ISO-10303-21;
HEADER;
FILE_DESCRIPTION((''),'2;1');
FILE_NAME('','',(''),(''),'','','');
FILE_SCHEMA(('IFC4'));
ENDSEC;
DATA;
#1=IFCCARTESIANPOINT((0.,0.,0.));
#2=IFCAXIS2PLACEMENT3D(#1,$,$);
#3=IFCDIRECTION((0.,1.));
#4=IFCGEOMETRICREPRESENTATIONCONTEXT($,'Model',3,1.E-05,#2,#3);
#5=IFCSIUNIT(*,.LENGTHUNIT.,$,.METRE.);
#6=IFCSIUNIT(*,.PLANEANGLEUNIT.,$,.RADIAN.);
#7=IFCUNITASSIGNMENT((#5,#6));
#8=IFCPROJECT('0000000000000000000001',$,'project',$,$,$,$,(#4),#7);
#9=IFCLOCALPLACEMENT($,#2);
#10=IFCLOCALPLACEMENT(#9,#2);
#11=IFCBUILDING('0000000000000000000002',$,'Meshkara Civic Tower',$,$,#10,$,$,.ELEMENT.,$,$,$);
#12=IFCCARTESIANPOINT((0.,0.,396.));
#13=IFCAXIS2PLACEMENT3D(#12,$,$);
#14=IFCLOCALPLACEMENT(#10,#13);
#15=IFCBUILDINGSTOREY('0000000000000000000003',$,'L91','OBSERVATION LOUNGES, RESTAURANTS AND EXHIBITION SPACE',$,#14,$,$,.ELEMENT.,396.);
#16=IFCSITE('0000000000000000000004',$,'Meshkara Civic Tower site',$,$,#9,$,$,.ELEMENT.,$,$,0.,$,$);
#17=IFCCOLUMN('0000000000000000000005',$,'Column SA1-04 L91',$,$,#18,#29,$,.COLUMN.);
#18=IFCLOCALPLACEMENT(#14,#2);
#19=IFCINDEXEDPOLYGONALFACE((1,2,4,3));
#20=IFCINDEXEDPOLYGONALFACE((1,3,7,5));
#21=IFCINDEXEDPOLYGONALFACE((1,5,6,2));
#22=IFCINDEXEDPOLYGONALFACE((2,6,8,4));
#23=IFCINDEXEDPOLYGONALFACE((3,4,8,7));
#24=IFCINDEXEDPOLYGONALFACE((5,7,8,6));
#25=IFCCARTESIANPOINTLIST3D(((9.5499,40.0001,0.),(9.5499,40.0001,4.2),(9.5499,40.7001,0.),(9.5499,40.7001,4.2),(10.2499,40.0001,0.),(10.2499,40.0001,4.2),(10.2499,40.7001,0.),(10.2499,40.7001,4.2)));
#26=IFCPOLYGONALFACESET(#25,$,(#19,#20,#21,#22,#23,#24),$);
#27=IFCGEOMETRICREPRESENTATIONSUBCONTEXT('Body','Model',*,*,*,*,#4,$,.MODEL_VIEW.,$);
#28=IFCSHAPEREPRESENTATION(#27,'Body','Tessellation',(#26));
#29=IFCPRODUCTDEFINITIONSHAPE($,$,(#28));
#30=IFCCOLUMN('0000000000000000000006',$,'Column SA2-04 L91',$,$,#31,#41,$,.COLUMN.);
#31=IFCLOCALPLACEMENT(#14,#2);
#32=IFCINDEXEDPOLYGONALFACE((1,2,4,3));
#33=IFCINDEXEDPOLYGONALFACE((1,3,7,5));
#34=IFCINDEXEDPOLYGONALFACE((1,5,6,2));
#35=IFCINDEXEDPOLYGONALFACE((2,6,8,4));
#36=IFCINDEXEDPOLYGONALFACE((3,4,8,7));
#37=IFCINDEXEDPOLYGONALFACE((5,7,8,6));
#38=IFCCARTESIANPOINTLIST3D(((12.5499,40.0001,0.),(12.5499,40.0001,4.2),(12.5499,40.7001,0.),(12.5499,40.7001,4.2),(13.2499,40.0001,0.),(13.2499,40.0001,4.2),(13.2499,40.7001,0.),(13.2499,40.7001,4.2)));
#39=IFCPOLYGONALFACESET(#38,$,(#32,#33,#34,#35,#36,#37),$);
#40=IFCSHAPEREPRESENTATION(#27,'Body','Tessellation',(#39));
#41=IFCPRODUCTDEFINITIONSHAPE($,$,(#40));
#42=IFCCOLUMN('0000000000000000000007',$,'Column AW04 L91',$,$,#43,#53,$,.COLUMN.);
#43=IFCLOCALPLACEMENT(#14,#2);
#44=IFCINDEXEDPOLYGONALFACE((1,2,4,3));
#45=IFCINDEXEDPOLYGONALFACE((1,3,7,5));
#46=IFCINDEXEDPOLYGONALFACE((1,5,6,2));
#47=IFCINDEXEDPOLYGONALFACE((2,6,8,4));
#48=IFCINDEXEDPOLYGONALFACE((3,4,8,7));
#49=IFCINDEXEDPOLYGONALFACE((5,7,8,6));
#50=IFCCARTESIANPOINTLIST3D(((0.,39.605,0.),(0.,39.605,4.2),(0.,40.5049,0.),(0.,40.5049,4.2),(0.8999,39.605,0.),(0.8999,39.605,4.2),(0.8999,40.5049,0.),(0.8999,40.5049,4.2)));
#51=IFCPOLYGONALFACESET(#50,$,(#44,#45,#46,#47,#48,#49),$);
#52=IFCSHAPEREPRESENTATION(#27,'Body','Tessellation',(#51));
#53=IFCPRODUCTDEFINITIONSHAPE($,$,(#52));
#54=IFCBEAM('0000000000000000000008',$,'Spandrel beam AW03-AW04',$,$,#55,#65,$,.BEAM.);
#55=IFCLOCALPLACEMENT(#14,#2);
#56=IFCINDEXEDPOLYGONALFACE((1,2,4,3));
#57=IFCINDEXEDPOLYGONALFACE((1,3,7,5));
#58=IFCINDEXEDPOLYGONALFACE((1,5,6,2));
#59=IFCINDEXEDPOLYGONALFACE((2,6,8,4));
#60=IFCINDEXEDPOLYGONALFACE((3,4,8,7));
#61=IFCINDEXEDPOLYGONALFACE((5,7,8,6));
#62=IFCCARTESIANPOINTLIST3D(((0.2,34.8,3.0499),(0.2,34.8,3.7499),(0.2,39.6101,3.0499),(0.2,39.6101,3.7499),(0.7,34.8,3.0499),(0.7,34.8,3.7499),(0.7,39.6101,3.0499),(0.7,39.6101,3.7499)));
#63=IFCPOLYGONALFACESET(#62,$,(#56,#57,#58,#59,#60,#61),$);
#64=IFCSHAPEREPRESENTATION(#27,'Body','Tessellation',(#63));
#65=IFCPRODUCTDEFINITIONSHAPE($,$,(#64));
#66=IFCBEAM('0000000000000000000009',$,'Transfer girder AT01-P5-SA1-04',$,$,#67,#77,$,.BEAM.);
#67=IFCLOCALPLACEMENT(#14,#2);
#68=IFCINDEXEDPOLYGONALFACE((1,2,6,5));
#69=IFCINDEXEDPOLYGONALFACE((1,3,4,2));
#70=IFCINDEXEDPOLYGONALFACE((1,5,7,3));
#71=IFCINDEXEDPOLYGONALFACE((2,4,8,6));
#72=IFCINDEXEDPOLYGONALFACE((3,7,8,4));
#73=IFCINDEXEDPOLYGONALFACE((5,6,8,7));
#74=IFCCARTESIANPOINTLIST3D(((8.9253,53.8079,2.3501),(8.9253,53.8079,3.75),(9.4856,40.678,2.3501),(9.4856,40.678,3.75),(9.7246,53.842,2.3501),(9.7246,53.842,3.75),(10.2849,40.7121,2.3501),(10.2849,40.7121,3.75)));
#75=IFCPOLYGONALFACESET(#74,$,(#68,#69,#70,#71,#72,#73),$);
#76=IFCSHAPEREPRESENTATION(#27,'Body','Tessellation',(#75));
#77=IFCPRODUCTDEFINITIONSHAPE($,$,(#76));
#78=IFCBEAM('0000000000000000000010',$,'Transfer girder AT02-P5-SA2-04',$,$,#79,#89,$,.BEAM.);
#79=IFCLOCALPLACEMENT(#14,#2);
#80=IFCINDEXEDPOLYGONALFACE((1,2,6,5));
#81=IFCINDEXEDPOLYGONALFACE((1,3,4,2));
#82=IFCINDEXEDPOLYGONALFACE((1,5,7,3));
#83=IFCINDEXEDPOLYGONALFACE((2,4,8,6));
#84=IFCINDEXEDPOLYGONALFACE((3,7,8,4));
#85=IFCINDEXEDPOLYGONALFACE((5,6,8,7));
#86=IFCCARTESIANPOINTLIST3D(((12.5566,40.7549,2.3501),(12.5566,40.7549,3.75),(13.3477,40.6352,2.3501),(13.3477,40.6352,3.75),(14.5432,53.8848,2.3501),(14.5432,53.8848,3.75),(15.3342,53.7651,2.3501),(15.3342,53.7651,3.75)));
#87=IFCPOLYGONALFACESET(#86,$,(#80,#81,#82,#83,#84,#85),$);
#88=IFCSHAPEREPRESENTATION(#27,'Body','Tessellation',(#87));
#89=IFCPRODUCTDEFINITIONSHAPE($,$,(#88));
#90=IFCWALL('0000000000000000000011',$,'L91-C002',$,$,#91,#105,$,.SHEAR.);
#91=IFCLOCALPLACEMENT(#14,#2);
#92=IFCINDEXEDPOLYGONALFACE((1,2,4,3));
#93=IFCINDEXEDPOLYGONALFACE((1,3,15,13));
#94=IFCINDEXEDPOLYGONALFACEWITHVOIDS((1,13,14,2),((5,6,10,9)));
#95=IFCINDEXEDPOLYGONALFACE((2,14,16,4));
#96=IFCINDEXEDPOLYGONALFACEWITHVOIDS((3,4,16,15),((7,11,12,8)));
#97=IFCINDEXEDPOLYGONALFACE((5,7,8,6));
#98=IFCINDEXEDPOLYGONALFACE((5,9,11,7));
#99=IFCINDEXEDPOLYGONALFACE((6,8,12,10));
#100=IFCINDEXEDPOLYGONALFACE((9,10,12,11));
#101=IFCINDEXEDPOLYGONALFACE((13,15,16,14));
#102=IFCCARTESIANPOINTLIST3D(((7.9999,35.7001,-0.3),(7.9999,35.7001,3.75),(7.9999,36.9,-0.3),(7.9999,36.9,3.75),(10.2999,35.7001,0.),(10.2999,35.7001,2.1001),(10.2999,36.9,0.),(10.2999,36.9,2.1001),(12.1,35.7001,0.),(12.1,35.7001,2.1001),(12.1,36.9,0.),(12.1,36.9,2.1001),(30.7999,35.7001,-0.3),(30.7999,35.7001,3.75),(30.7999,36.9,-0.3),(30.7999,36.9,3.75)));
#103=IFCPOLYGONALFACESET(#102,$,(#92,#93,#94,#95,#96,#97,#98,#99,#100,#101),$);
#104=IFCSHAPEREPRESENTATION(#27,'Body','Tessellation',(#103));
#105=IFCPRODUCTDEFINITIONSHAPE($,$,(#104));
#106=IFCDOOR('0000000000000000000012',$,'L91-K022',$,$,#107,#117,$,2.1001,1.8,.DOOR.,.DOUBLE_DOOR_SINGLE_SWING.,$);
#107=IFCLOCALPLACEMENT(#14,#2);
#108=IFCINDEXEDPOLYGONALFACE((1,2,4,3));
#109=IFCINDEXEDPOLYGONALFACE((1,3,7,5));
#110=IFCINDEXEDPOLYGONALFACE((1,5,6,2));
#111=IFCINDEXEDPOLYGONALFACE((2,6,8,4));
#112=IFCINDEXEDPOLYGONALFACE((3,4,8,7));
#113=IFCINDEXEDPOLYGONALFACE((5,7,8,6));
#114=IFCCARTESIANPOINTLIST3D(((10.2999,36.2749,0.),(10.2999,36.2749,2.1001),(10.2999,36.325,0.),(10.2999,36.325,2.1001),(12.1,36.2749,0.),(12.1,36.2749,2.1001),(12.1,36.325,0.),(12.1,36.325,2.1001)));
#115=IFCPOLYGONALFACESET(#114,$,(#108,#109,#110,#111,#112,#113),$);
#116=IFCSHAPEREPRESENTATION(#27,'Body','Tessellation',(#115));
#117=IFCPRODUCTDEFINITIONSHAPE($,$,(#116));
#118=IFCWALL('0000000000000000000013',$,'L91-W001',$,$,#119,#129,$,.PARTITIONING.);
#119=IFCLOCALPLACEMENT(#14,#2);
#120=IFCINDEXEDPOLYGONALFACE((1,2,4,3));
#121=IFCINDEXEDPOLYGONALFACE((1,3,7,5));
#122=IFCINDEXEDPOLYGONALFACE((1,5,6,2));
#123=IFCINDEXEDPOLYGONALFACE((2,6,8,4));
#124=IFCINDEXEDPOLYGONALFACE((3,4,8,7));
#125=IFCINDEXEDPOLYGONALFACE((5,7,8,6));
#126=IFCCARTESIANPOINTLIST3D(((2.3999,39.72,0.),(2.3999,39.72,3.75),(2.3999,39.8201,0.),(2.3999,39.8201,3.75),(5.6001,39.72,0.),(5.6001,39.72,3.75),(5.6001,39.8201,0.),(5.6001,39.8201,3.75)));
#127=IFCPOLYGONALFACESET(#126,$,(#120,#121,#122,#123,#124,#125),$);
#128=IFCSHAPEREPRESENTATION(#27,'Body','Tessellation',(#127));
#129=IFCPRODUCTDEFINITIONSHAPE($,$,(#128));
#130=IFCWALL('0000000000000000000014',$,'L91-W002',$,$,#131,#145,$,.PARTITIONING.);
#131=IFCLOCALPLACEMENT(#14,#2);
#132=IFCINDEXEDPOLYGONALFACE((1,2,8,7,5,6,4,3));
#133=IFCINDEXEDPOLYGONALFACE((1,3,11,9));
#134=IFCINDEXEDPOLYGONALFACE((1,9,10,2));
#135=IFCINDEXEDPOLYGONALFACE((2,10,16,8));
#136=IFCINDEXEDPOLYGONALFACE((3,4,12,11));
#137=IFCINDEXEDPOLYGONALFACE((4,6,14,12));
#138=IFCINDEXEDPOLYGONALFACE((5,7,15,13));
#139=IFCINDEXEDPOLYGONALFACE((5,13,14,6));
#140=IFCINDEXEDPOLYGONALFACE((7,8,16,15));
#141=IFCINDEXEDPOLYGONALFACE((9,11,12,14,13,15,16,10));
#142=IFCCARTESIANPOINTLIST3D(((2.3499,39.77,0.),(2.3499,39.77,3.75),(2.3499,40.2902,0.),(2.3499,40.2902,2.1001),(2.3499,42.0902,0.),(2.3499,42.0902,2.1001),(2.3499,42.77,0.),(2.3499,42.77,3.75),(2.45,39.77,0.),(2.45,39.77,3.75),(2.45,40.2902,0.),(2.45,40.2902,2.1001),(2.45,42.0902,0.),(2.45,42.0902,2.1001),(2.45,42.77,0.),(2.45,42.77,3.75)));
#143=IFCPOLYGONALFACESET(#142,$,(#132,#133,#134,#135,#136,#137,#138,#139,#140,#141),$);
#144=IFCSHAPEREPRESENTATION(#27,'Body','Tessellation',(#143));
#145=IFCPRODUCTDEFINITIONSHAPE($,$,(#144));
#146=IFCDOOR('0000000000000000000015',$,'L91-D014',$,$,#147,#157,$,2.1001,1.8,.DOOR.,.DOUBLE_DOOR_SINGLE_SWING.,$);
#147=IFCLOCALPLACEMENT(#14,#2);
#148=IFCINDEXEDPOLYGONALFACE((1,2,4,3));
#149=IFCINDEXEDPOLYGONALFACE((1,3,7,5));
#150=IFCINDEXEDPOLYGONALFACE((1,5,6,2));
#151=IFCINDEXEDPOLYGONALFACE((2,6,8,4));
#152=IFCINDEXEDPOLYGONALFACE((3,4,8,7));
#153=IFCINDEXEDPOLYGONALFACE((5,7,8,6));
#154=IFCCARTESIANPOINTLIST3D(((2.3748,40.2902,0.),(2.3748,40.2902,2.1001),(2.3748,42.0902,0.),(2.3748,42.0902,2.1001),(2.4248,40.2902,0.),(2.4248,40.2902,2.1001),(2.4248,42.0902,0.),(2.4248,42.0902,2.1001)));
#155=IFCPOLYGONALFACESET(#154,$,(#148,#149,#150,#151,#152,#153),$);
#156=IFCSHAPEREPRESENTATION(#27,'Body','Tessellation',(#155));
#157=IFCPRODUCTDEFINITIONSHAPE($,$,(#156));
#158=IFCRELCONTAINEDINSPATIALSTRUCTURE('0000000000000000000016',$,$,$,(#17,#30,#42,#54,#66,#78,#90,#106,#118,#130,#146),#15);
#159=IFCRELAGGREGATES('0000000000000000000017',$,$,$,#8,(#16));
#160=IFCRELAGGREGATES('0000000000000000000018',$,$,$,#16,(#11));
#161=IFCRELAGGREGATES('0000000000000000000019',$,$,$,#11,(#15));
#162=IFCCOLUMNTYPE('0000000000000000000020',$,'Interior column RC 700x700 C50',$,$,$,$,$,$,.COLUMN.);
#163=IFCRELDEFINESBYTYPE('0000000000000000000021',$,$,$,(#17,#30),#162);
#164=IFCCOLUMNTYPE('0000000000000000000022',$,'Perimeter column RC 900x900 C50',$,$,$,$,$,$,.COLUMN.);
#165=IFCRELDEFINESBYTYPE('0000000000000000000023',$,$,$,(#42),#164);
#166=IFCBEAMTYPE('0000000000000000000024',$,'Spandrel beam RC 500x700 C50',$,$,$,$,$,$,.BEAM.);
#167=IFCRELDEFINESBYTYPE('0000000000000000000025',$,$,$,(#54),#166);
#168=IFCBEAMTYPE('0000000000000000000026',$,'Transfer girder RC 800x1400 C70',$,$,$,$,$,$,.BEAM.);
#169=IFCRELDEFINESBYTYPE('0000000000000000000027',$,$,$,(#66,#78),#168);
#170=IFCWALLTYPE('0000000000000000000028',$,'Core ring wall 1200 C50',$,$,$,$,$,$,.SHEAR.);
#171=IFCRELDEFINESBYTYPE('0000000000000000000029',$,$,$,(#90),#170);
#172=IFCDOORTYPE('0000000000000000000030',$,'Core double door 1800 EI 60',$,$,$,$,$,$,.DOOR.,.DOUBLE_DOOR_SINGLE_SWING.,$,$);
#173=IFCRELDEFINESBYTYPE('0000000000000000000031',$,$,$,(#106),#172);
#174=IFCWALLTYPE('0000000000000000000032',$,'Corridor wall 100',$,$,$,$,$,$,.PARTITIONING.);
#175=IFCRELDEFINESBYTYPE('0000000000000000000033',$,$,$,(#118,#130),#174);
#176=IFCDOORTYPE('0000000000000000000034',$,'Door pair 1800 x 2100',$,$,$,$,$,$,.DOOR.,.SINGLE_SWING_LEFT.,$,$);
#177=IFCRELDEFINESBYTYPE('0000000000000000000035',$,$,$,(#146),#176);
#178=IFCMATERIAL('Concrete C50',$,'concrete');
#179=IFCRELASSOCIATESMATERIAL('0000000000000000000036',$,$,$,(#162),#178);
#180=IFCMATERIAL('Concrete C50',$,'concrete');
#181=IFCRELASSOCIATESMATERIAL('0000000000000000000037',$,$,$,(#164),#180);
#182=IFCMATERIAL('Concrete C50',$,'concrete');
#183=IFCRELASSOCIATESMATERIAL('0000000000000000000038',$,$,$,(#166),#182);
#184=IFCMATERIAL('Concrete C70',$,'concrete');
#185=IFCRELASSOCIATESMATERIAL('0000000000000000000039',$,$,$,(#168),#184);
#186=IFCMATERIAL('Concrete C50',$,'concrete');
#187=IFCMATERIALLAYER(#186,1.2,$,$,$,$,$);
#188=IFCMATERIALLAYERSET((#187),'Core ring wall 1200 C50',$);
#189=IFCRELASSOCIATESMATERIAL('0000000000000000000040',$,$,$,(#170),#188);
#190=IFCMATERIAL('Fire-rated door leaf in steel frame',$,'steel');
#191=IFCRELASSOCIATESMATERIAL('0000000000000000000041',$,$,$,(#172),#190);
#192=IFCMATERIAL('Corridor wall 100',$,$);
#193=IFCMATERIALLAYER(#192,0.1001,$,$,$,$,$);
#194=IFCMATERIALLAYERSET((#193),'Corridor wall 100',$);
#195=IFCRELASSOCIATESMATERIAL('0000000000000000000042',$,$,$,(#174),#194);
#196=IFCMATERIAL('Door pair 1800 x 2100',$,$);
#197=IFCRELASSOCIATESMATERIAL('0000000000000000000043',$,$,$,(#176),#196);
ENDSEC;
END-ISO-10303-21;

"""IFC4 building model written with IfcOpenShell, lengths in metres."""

from ifc_helpers import new_model, si_unit, direction, frame, frame_2d, origin, origin_2d, place, context, subcontext, project, spatial, rectangle, extrude, material, layer, layer_set, material_profile, profile_set, type_object, element, fill, save


model = new_model("IFC4")

# Units and contexts
model_context = context("Model", 3, precision=1e-05, world=origin(), true_north=direction((0.0, 1.0)))
body_context = subcontext(model_context, "Body", "Model", "MODEL_VIEW")
ifc_project = project(units=[si_unit("LENGTHUNIT", "METRE"), si_unit("PLANEANGLEUNIT", "RADIAN")], contexts=[model_context])

# Site, building, storey
site_placement = place(None, origin())
site = spatial("IfcSite", under=ifc_project, at=site_placement, Name="Meshkara Civic Tower site", CompositionType="ELEMENT", RefElevation=0.0)
building_placement = place(site_placement, origin())
building = spatial("IfcBuilding", under=site, at=building_placement, Name="Meshkara Civic Tower", CompositionType="ELEMENT")
storey_placement = place(building_placement, frame((0.0, 0.0, 396.0)))
storey = spatial("IfcBuildingStorey", under=building, at=storey_placement, Name="L91", Description="OBSERVATION LOUNGES, RESTAURANTS AND EXHIBITION SPACE", CompositionType="ELEMENT", Elevation=396.0)

# Columns
ifc_material_1 = material(Name="Concrete C50", Category="concrete")
ifc_material_profile_1 = material_profile(ifc_material_1, rectangle(XDim=0.7, YDim=0.7, at=origin_2d()))
ifc_profile_set_1 = profile_set([ifc_material_profile_1], Name="Concrete C50")
column_type_1 = type_object("IfcColumnType", Name="Interior column RC 700x700 C50", PredefinedType="COLUMN", material=ifc_profile_set_1)
for number, where, z_axis, x_axis, name in (
    (1, (9.8999, 40.3501, 0.0), (0.0, 0.0, 1.0), (1.0, 0.0, 0.0), "Column SA1-04 L91"),
    (2, (12.8999, 40.3501, 0.0), (0.0, 0.0, 1.0), (1.0, 0.0, 0.0), "Column SA2-04 L91"),
):
    element("IfcColumn", number, at=place(storey_placement, frame(where, z_axis=z_axis, x_axis=x_axis)), inside=storey, type_object=column_type_1, Name=name, PredefinedType="COLUMN", context=body_context, shape_type="SweptSolid", body=[
        extrude(rectangle(XDim=0.7, YDim=0.7, at=origin_2d()), origin(), (0.0, 0.0, 1.0), 4.2),
    ])
ifc_material_2 = material(Name="Concrete C50", Category="concrete")
ifc_material_profile_2 = material_profile(ifc_material_2, rectangle(XDim=0.8999, YDim=0.8999, at=origin_2d()))
ifc_profile_set_2 = profile_set([ifc_material_profile_2], Name="Concrete C50")
column_type_2 = type_object("IfcColumnType", Name="Perimeter column RC 900x900 C50", PredefinedType="COLUMN", material=ifc_profile_set_2)
column_placement = place(storey_placement, frame((0.45, 40.0549, 0.0), z_axis=(0.0, 0.0, 1.0), x_axis=(1.0, 0.0, 0.0)))
element("IfcColumn", 3, at=column_placement, inside=storey, type_object=column_type_2, Name="Column AW04 L91", PredefinedType="COLUMN", context=body_context, shape_type="SweptSolid", body=[
    extrude(rectangle(XDim=0.8999, YDim=0.8999, at=origin_2d()), origin(), (0.0, 0.0, 1.0), 4.2),
])

# Beams
ifc_material_3 = material(Name="Concrete C50", Category="concrete")
ifc_material_profile_3 = material_profile(ifc_material_3, rectangle(XDim=0.5, YDim=0.7, at=origin_2d()))
ifc_profile_set_3 = profile_set([ifc_material_profile_3], Name="Concrete C50")
beam_type_1 = type_object("IfcBeamType", Name="Spandrel beam RC 500x700 C50", PredefinedType="BEAM", material=ifc_profile_set_3)
beam_1_placement = place(storey_placement, frame((0.45, 39.6101, 3.3999), z_axis=(0.0, -1.0, 0.0), x_axis=(1.0, 0.0, 0.0)))
element("IfcBeam", 4, at=beam_1_placement, inside=storey, type_object=beam_type_1, Name="Spandrel beam AW03-AW04", PredefinedType="BEAM", context=body_context, shape_type="SweptSolid", body=[
    extrude(rectangle(XDim=0.5, YDim=0.7, at=origin_2d()), origin(), (0.0, 0.0, 1.0), 4.8101),
])
ifc_material_4 = material(Name="Concrete C70", Category="concrete")
ifc_material_profile_4 = material_profile(ifc_material_4, rectangle(XDim=0.8, YDim=1.3999, at=origin_2d()))
ifc_profile_set_4 = profile_set([ifc_material_profile_4], Name="Concrete C70")
beam_type_2 = type_object("IfcBeamType", Name="Transfer girder RC 800x1400 C70", PredefinedType="BEAM", material=ifc_profile_set_4)
beam_2_placement = place(storey_placement, frame((9.8853, 40.6951, 3.05), z_axis=(-0.042635, 0.999091, 0.0), x_axis=(-0.999091, -0.042635, 0.0)))
element("IfcBeam", 5, at=beam_2_placement, inside=storey, type_object=beam_type_2, Name="Transfer girder AT01-P5-SA1-04", PredefinedType="BEAM", context=body_context, shape_type="SweptSolid", body=[
    extrude(rectangle(XDim=0.8, YDim=1.3999, at=origin_2d()), origin(), (0.0, 0.0, 1.0), 13.1418),
])
beam_3_placement = place(storey_placement, frame((12.9521, 40.6951, 3.05), z_axis=(0.149599, 0.988747, 0.0), x_axis=(-0.988747, 0.149599, 0.0)))
element("IfcBeam", 6, at=beam_3_placement, inside=storey, type_object=beam_type_2, Name="Transfer girder AT02-P5-SA2-04", PredefinedType="BEAM", context=body_context, shape_type="SweptSolid", body=[
    extrude(rectangle(XDim=0.8, YDim=1.3999, at=origin_2d()), origin(), (0.0, 0.0, 1.0), 13.2793),
])

# Wall, opening, door
ifc_material_5 = material(Name="Concrete C50", Category="concrete")
ifc_layer_1 = layer(ifc_material_5, 1.2)
ifc_layer_set_1 = layer_set([ifc_layer_1], Name="Core ring wall 1200 C50")
wall_type_1 = type_object("IfcWallType", Name="Core ring wall 1200 C50", PredefinedType="SHEAR", material=ifc_layer_set_1)
wall_1_placement = place(storey_placement, frame((8.0, 36.3, -0.3), z_axis=(0.0, 0.0, 1.0), x_axis=(1.0, 0.0, 0.0)))
wall_1 = element("IfcWall", 7, at=wall_1_placement, inside=storey, type_object=wall_type_1, Name="L91-C002", PredefinedType="SHEAR", context=body_context, shape_type="SweptSolid", body=[
    extrude(rectangle(XDim=22.8, YDim=1.2, at=frame_2d((11.3999, 0.0))), origin(), (0.0, 0.0, 1.0), 4.05),
])
opening_1_placement = place(wall_1_placement, frame((2.3, 0.0, 0.3)))
opening_1 = element("IfcOpeningElement", 8, at=opening_1_placement, cuts=wall_1, PredefinedType="OPENING", context=body_context, shape_type="SweptSolid", body=[
    extrude(rectangle(XDim=1.8, YDim=2.1001, at=frame_2d((0.8999, 1.05))), frame((0.0, 0.6099, 0.0), z_axis=(0.0, -1.0, 0.0), x_axis=(1.0, 0.0, 0.0)), (0.0, 0.0, 1.0), 1.22),
])
ifc_material_6 = material(Name="Fire-rated door leaf in steel frame", Category="steel")
door_type_1 = type_object("IfcDoorType", Name="Core double door 1800 EI 60", OperationType="DOUBLE_DOOR_SINGLE_SWING", PredefinedType="DOOR", material=ifc_material_6)
door_1_placement = place(opening_1_placement, origin())
door_1 = element("IfcDoor", 9, at=door_1_placement, inside=storey, type_object=door_type_1, Name="L91-K022", OperationType="DOUBLE_DOOR_SINGLE_SWING", OverallHeight=2.1001, OverallWidth=1.8, PredefinedType="DOOR", context=body_context, shape_type="SweptSolid", body=[
    extrude(rectangle(XDim=1.8, YDim=2.1001, at=frame_2d((0.8999, 1.05))), frame((0.0, 0.0249, 0.0), z_axis=(0.0, -1.0, 0.0), x_axis=(1.0, 0.0, 0.0)), (0.0, 0.0, 1.0), 0.05),
])
fill(opening_1, door_1)

# Wall
ifc_material_7 = material(Name="Corridor wall 100")
ifc_layer_2 = layer(ifc_material_7, 0.1001)
ifc_layer_set_2 = layer_set([ifc_layer_2], Name="Corridor wall 100")
wall_type_2 = type_object("IfcWallType", Name="Corridor wall 100", PredefinedType="PARTITIONING", material=ifc_layer_set_2)
wall_2_placement = place(storey_placement, frame((2.3999, 39.77, 0.0), z_axis=(0.0, 0.0, 1.0), x_axis=(1.0, 0.0, 0.0)))
element("IfcWall", 10, at=wall_2_placement, inside=storey, type_object=wall_type_2, Name="L91-W001", PredefinedType="PARTITIONING", context=body_context, shape_type="SweptSolid", body=[
    extrude(rectangle(XDim=3.2002, YDim=0.1001, at=frame_2d((1.6001, 0.0))), origin(), (0.0, 0.0, 1.0), 3.75),
])

# Wall, opening, door
wall_3_placement = place(storey_placement, frame((2.3999, 42.77, 0.0), z_axis=(0.0, 0.0, 1.0), x_axis=(0.0, -1.0, 0.0)))
wall_3 = element("IfcWall", 11, at=wall_3_placement, inside=storey, type_object=wall_type_2, Name="L91-W002", PredefinedType="PARTITIONING", context=body_context, shape_type="SweptSolid", body=[
    extrude(rectangle(XDim=3.0, YDim=0.1001, at=frame_2d((1.5, 0.0))), origin(), (0.0, 0.0, 1.0), 3.75),
])
opening_2_placement = place(wall_3_placement, frame((0.6799, 0.0, 0.0)))
opening_2 = element("IfcOpeningElement", 12, at=opening_2_placement, cuts=wall_3, PredefinedType="OPENING", context=body_context, shape_type="SweptSolid", body=[
    extrude(rectangle(XDim=1.8, YDim=2.1001, at=frame_2d((0.8999, 1.05))), frame((0.0, 0.0601, 0.0), z_axis=(0.0, -1.0, 0.0), x_axis=(1.0, 0.0, 0.0)), (0.0, 0.0, 1.0), 0.1201),
])
ifc_material_8 = material(Name="Door pair 1800 x 2100")
door_type_2 = type_object("IfcDoorType", Name="Door pair 1800 x 2100", OperationType="SINGLE_SWING_LEFT", PredefinedType="DOOR", material=ifc_material_8)
door_2_placement = place(opening_2_placement, origin())
door_2 = element("IfcDoor", 13, at=door_2_placement, inside=storey, type_object=door_type_2, Name="L91-D014", OperationType="DOUBLE_DOOR_SINGLE_SWING", OverallHeight=2.1001, OverallWidth=1.8, PredefinedType="DOOR", context=body_context, shape_type="SweptSolid", body=[
    extrude(rectangle(XDim=1.8, YDim=2.1001, at=frame_2d((0.8999, 1.05))), frame((0.0, 0.0249, 0.0), z_axis=(0.0, -1.0, 0.0), x_axis=(1.0, 0.0, 0.0)), (0.0, 0.0, 1.0), 0.05),
])
fill(opening_2, door_2)

save(model, "model.ifc")
